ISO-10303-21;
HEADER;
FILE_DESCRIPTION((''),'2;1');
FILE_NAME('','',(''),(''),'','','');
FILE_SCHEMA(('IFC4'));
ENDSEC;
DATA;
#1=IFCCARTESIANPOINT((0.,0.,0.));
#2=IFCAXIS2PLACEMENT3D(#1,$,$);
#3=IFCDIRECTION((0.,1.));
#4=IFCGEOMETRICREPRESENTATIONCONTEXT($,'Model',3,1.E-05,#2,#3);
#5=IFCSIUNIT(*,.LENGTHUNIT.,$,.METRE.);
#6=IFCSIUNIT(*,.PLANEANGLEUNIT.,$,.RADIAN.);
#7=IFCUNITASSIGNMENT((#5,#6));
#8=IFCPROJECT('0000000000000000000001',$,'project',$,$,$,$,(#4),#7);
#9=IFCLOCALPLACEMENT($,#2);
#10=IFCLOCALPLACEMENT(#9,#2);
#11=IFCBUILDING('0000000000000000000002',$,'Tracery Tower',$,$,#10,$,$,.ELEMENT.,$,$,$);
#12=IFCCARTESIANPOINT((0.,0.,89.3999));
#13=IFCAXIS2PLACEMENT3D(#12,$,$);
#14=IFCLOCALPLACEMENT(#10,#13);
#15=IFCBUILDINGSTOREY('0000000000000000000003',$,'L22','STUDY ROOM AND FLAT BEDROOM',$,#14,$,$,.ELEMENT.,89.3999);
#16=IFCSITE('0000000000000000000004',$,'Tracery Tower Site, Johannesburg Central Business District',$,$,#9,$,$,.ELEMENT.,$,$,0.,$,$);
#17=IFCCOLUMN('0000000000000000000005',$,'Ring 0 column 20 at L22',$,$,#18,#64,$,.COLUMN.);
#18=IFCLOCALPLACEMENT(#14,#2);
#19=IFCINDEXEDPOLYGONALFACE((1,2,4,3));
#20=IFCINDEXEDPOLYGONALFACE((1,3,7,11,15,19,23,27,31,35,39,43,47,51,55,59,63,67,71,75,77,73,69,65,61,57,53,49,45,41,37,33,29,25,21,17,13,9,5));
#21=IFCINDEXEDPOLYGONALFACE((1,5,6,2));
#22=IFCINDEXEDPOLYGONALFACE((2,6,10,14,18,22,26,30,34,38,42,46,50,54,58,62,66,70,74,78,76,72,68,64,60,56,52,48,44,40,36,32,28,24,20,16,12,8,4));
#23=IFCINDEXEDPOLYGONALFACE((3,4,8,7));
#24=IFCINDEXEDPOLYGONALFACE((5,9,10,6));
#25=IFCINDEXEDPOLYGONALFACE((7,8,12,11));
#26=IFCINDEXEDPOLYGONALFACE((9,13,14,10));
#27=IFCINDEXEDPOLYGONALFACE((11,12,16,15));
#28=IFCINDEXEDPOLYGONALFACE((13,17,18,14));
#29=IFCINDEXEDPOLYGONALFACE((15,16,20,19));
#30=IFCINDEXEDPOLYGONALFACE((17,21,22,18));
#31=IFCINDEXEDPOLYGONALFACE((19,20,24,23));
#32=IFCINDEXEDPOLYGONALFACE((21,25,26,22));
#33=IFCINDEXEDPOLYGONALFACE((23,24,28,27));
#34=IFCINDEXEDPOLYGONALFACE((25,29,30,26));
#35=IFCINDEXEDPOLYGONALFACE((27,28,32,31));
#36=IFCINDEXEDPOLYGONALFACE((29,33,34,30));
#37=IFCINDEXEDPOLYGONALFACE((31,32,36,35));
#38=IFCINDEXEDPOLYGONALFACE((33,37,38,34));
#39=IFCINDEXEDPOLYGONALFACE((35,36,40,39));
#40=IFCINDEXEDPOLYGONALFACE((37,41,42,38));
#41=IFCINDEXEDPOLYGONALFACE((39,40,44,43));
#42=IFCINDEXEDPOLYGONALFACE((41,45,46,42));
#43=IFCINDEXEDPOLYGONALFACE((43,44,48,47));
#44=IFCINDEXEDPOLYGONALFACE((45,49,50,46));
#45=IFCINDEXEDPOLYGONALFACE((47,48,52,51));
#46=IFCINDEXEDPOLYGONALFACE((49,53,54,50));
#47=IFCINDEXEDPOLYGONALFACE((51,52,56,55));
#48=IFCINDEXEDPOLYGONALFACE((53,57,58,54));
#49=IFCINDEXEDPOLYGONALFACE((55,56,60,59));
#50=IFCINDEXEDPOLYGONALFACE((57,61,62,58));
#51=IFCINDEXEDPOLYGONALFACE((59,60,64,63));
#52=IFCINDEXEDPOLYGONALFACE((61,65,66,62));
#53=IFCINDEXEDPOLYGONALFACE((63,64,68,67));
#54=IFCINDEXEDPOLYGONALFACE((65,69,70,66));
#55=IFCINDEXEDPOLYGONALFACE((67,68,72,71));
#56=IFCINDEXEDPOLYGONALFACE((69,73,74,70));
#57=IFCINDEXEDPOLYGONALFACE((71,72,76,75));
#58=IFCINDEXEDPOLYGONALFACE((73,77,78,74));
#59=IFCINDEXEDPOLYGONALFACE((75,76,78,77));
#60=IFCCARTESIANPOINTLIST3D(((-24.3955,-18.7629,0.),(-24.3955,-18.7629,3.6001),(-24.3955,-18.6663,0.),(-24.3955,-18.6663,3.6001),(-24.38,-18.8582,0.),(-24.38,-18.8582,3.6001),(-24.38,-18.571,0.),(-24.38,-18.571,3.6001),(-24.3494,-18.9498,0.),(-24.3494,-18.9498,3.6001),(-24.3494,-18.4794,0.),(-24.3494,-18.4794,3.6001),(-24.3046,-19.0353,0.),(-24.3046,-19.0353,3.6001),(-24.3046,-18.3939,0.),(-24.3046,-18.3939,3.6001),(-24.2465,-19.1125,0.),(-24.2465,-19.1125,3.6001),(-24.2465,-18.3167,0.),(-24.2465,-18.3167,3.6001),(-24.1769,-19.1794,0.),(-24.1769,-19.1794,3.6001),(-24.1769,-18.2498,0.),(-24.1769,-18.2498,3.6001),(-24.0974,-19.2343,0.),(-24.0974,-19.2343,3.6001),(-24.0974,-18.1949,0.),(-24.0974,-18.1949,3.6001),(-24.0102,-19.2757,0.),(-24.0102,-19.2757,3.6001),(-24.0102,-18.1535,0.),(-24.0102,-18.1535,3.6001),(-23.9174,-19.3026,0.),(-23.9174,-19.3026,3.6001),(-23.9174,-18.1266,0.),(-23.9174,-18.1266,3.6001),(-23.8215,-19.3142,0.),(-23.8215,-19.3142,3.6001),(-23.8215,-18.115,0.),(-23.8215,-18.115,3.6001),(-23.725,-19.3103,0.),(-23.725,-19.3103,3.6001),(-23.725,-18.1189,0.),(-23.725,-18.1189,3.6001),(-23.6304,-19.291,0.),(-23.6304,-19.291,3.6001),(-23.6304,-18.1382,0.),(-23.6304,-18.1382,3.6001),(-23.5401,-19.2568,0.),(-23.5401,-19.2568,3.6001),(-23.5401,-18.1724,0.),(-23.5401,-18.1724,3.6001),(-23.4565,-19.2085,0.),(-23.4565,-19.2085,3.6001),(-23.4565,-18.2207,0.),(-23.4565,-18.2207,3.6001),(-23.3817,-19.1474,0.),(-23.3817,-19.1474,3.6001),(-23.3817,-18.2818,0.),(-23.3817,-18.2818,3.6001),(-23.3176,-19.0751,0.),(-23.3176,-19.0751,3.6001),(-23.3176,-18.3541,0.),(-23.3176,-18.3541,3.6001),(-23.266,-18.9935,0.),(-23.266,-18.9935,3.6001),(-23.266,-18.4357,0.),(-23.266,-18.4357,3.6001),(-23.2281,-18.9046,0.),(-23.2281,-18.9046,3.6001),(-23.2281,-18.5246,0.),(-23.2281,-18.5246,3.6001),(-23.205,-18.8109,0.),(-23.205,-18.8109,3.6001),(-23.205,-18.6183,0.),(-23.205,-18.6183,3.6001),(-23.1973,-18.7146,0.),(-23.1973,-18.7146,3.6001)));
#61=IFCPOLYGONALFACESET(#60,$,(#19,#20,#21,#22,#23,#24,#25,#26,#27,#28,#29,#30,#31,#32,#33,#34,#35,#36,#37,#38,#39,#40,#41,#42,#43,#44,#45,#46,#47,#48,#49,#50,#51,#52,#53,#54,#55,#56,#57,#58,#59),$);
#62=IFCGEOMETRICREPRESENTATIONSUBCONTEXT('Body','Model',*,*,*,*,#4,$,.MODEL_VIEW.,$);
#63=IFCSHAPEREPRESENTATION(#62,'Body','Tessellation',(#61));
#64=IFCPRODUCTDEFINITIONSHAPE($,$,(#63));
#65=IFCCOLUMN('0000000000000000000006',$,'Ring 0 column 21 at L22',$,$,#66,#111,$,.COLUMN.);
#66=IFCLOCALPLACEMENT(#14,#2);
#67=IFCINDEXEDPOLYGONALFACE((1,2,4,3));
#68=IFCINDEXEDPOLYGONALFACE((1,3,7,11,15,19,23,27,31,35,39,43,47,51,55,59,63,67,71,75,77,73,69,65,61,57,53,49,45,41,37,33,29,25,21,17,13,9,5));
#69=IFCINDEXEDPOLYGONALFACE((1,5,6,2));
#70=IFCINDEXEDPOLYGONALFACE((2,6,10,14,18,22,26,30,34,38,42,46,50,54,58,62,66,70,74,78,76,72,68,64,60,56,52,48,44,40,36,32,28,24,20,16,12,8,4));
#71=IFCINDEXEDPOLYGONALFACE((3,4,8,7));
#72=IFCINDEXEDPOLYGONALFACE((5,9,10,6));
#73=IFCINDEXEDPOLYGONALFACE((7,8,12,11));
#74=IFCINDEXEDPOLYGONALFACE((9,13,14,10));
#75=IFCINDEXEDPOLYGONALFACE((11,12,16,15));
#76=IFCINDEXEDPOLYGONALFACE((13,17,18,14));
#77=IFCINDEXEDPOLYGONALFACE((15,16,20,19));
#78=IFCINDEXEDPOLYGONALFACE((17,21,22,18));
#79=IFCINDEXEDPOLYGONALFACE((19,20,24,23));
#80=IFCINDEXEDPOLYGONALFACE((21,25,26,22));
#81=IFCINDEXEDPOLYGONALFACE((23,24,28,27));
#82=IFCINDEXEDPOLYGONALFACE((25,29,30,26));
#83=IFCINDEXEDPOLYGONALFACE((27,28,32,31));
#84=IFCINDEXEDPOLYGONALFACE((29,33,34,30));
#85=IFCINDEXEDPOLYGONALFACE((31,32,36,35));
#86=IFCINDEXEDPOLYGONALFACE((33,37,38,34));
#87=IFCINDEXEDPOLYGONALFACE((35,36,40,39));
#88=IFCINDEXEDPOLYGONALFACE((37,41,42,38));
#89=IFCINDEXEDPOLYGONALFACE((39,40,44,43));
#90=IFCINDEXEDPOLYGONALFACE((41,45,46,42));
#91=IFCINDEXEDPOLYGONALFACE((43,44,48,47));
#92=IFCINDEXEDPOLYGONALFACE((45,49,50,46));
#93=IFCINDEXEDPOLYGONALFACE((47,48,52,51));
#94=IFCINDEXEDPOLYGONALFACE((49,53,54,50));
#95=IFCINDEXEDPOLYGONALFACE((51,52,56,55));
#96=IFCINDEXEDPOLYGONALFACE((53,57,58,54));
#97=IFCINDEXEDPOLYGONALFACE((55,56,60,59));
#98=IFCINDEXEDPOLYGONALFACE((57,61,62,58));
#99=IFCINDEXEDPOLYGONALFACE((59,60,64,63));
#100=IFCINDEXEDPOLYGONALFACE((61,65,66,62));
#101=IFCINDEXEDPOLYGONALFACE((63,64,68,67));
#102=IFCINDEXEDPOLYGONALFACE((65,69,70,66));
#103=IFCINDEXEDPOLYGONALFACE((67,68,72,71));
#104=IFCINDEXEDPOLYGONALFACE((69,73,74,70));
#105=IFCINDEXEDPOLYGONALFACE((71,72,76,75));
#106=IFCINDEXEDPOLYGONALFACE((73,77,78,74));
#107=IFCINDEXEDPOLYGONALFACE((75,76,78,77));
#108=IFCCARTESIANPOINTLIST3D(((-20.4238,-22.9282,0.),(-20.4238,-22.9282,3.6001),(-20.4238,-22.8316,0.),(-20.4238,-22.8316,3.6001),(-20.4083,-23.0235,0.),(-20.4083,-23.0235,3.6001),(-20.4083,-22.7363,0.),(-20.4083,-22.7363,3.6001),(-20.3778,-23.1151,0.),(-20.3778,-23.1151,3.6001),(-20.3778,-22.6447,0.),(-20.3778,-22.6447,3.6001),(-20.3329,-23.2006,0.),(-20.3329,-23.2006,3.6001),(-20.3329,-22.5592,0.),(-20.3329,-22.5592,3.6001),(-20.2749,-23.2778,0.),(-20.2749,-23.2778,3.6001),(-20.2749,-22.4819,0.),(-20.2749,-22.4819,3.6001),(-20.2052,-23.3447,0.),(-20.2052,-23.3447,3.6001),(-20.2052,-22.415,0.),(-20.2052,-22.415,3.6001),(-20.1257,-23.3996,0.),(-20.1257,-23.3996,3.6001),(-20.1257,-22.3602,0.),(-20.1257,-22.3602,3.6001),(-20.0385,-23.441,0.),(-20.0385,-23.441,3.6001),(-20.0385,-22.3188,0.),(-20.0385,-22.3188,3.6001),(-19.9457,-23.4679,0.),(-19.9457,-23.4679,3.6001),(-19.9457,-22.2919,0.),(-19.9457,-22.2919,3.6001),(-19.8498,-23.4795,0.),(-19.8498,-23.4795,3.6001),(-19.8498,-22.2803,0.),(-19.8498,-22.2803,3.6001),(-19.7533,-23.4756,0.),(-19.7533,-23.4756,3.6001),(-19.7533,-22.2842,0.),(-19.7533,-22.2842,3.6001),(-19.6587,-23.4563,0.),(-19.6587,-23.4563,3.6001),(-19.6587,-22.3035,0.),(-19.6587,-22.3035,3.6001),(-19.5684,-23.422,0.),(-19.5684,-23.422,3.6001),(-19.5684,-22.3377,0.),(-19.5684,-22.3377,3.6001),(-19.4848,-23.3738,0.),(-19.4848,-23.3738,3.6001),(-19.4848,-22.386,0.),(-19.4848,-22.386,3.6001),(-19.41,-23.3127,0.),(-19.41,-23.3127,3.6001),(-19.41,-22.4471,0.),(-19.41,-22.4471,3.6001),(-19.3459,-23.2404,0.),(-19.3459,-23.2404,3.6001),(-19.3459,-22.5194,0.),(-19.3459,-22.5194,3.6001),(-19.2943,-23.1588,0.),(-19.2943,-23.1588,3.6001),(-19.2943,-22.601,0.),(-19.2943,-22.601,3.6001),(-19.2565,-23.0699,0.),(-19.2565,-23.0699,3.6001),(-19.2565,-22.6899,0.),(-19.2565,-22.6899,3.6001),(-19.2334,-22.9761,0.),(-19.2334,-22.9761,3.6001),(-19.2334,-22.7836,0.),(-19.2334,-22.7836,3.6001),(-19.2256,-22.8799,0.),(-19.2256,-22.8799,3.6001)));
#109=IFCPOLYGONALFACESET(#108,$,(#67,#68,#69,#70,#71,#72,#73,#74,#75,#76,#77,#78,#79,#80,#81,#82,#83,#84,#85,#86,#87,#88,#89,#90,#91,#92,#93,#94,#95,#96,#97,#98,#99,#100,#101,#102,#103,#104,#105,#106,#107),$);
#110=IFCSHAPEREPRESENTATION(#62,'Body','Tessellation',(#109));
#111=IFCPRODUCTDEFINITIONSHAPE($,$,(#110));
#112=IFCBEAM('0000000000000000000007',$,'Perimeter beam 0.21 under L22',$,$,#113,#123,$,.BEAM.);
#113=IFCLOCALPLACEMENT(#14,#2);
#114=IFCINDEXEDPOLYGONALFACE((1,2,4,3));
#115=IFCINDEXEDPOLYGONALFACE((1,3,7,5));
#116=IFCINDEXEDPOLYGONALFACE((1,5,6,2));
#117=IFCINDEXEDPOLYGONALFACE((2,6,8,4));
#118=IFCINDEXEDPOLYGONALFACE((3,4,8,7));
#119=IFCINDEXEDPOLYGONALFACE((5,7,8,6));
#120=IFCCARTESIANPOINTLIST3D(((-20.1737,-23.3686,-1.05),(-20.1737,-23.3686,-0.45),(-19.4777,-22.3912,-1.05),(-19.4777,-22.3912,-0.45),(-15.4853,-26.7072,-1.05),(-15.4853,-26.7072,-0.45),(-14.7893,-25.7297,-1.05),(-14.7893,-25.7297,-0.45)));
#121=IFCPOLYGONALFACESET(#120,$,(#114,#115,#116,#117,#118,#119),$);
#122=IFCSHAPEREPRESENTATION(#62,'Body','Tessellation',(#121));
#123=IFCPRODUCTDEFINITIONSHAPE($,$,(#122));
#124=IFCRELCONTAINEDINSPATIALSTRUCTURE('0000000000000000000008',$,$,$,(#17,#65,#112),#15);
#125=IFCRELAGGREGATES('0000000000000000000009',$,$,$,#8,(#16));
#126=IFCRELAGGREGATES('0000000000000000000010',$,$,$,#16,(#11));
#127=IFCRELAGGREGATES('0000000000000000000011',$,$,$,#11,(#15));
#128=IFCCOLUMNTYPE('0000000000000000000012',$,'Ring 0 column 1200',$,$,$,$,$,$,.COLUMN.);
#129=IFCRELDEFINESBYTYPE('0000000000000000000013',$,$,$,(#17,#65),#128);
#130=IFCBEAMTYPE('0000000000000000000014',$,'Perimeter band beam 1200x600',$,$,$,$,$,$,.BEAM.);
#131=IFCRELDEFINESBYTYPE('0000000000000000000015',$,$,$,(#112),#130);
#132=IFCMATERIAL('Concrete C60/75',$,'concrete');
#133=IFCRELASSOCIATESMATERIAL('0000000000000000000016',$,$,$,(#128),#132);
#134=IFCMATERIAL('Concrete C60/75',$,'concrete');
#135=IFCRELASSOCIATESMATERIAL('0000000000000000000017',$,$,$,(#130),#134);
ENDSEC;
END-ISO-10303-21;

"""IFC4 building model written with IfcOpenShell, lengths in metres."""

from ifc_helpers import new_model, si_unit, direction, frame, origin, origin_2d, place, context, subcontext, project, spatial, rectangle, circle, extrude, material, material_profile, profile_set, type_object, element, save


model = new_model("IFC4")

# Units and contexts
model_context = context("Model", 3, precision=1e-05, world=origin(), true_north=direction((0.0, 1.0)))
body_context = subcontext(model_context, "Body", "Model", "MODEL_VIEW")
ifc_project = project(units=[si_unit("LENGTHUNIT", "METRE"), si_unit("PLANEANGLEUNIT", "RADIAN")], contexts=[model_context])

# Site, building, storey
site_placement = place(None, origin())
site = spatial("IfcSite", under=ifc_project, at=site_placement, Name="Tracery Tower Site, Johannesburg Central Business District", CompositionType="ELEMENT", RefElevation=0.0)
building_placement = place(site_placement, origin())
building = spatial("IfcBuilding", under=site, at=building_placement, Name="Tracery Tower", CompositionType="ELEMENT")
storey_placement = place(building_placement, frame((0.0, 0.0, 89.3999)))
storey = spatial("IfcBuildingStorey", under=building, at=storey_placement, Name="L22", Description="STUDY ROOM AND FLAT BEDROOM", CompositionType="ELEMENT", Elevation=89.3999)

# Columns
ifc_material_1 = material(Name="Concrete C60/75", Category="concrete")
ifc_material_profile_1 = material_profile(ifc_material_1, circle(Radius=0.6001, at=origin_2d()), Name="RC D1200")
ifc_profile_set_1 = profile_set([ifc_material_profile_1], Name="Concrete C60/75")
column_type = type_object("IfcColumnType", Name="Ring 0 column 1200", PredefinedType="COLUMN", material=ifc_profile_set_1)
for number, where, z_axis, x_axis, name in (
    (1, (-23.7974, -18.7146, 0.0), (0.0, 0.0, 1.0), (1.0, 0.0, 0.0), "Ring 0 column 20 at L22"),
    (2, (-19.8257, -22.8799, 0.0), (0.0, 0.0, 1.0), (1.0, 0.0, 0.0), "Ring 0 column 21 at L22"),
):
    element("IfcColumn", number, at=place(storey_placement, frame(where, z_axis=z_axis, x_axis=x_axis)), inside=storey, type_object=column_type, Name=name, PredefinedType="COLUMN", context=body_context, shape_type="SweptSolid", body=[
        extrude(circle(Radius=0.6001, at=origin_2d()), origin(), (0.0, 0.0, 1.0), 3.6001),
    ])

# Beam
ifc_material_2 = material(Name="Concrete C60/75", Category="concrete")
ifc_material_profile_2 = material_profile(ifc_material_2, rectangle(XDim=1.2, YDim=0.6001, at=origin_2d()), Name="RC 1200x600")
ifc_profile_set_2 = profile_set([ifc_material_profile_2], Name="Concrete C60/75")
beam_type = type_object("IfcBeamType", Name="Perimeter band beam 1200x600", PredefinedType="BEAM", material=ifc_profile_set_2)
beam_placement = place(storey_placement, frame((-19.8257, -22.8799, -0.75), z_axis=(0.814578, -0.580054, 0.0), x_axis=(0.580054, 0.814578, 0.0)))
element("IfcBeam", 3, at=beam_placement, inside=storey, type_object=beam_type, Name="Perimeter beam 0.21 under L22", PredefinedType="BEAM", context=body_context, shape_type="SweptSolid", body=[
    extrude(rectangle(XDim=1.2, YDim=0.6001, at=origin_2d()), origin(), (0.0, 0.0, 1.0), 5.7556),
])

save(model, "model.ifc")
